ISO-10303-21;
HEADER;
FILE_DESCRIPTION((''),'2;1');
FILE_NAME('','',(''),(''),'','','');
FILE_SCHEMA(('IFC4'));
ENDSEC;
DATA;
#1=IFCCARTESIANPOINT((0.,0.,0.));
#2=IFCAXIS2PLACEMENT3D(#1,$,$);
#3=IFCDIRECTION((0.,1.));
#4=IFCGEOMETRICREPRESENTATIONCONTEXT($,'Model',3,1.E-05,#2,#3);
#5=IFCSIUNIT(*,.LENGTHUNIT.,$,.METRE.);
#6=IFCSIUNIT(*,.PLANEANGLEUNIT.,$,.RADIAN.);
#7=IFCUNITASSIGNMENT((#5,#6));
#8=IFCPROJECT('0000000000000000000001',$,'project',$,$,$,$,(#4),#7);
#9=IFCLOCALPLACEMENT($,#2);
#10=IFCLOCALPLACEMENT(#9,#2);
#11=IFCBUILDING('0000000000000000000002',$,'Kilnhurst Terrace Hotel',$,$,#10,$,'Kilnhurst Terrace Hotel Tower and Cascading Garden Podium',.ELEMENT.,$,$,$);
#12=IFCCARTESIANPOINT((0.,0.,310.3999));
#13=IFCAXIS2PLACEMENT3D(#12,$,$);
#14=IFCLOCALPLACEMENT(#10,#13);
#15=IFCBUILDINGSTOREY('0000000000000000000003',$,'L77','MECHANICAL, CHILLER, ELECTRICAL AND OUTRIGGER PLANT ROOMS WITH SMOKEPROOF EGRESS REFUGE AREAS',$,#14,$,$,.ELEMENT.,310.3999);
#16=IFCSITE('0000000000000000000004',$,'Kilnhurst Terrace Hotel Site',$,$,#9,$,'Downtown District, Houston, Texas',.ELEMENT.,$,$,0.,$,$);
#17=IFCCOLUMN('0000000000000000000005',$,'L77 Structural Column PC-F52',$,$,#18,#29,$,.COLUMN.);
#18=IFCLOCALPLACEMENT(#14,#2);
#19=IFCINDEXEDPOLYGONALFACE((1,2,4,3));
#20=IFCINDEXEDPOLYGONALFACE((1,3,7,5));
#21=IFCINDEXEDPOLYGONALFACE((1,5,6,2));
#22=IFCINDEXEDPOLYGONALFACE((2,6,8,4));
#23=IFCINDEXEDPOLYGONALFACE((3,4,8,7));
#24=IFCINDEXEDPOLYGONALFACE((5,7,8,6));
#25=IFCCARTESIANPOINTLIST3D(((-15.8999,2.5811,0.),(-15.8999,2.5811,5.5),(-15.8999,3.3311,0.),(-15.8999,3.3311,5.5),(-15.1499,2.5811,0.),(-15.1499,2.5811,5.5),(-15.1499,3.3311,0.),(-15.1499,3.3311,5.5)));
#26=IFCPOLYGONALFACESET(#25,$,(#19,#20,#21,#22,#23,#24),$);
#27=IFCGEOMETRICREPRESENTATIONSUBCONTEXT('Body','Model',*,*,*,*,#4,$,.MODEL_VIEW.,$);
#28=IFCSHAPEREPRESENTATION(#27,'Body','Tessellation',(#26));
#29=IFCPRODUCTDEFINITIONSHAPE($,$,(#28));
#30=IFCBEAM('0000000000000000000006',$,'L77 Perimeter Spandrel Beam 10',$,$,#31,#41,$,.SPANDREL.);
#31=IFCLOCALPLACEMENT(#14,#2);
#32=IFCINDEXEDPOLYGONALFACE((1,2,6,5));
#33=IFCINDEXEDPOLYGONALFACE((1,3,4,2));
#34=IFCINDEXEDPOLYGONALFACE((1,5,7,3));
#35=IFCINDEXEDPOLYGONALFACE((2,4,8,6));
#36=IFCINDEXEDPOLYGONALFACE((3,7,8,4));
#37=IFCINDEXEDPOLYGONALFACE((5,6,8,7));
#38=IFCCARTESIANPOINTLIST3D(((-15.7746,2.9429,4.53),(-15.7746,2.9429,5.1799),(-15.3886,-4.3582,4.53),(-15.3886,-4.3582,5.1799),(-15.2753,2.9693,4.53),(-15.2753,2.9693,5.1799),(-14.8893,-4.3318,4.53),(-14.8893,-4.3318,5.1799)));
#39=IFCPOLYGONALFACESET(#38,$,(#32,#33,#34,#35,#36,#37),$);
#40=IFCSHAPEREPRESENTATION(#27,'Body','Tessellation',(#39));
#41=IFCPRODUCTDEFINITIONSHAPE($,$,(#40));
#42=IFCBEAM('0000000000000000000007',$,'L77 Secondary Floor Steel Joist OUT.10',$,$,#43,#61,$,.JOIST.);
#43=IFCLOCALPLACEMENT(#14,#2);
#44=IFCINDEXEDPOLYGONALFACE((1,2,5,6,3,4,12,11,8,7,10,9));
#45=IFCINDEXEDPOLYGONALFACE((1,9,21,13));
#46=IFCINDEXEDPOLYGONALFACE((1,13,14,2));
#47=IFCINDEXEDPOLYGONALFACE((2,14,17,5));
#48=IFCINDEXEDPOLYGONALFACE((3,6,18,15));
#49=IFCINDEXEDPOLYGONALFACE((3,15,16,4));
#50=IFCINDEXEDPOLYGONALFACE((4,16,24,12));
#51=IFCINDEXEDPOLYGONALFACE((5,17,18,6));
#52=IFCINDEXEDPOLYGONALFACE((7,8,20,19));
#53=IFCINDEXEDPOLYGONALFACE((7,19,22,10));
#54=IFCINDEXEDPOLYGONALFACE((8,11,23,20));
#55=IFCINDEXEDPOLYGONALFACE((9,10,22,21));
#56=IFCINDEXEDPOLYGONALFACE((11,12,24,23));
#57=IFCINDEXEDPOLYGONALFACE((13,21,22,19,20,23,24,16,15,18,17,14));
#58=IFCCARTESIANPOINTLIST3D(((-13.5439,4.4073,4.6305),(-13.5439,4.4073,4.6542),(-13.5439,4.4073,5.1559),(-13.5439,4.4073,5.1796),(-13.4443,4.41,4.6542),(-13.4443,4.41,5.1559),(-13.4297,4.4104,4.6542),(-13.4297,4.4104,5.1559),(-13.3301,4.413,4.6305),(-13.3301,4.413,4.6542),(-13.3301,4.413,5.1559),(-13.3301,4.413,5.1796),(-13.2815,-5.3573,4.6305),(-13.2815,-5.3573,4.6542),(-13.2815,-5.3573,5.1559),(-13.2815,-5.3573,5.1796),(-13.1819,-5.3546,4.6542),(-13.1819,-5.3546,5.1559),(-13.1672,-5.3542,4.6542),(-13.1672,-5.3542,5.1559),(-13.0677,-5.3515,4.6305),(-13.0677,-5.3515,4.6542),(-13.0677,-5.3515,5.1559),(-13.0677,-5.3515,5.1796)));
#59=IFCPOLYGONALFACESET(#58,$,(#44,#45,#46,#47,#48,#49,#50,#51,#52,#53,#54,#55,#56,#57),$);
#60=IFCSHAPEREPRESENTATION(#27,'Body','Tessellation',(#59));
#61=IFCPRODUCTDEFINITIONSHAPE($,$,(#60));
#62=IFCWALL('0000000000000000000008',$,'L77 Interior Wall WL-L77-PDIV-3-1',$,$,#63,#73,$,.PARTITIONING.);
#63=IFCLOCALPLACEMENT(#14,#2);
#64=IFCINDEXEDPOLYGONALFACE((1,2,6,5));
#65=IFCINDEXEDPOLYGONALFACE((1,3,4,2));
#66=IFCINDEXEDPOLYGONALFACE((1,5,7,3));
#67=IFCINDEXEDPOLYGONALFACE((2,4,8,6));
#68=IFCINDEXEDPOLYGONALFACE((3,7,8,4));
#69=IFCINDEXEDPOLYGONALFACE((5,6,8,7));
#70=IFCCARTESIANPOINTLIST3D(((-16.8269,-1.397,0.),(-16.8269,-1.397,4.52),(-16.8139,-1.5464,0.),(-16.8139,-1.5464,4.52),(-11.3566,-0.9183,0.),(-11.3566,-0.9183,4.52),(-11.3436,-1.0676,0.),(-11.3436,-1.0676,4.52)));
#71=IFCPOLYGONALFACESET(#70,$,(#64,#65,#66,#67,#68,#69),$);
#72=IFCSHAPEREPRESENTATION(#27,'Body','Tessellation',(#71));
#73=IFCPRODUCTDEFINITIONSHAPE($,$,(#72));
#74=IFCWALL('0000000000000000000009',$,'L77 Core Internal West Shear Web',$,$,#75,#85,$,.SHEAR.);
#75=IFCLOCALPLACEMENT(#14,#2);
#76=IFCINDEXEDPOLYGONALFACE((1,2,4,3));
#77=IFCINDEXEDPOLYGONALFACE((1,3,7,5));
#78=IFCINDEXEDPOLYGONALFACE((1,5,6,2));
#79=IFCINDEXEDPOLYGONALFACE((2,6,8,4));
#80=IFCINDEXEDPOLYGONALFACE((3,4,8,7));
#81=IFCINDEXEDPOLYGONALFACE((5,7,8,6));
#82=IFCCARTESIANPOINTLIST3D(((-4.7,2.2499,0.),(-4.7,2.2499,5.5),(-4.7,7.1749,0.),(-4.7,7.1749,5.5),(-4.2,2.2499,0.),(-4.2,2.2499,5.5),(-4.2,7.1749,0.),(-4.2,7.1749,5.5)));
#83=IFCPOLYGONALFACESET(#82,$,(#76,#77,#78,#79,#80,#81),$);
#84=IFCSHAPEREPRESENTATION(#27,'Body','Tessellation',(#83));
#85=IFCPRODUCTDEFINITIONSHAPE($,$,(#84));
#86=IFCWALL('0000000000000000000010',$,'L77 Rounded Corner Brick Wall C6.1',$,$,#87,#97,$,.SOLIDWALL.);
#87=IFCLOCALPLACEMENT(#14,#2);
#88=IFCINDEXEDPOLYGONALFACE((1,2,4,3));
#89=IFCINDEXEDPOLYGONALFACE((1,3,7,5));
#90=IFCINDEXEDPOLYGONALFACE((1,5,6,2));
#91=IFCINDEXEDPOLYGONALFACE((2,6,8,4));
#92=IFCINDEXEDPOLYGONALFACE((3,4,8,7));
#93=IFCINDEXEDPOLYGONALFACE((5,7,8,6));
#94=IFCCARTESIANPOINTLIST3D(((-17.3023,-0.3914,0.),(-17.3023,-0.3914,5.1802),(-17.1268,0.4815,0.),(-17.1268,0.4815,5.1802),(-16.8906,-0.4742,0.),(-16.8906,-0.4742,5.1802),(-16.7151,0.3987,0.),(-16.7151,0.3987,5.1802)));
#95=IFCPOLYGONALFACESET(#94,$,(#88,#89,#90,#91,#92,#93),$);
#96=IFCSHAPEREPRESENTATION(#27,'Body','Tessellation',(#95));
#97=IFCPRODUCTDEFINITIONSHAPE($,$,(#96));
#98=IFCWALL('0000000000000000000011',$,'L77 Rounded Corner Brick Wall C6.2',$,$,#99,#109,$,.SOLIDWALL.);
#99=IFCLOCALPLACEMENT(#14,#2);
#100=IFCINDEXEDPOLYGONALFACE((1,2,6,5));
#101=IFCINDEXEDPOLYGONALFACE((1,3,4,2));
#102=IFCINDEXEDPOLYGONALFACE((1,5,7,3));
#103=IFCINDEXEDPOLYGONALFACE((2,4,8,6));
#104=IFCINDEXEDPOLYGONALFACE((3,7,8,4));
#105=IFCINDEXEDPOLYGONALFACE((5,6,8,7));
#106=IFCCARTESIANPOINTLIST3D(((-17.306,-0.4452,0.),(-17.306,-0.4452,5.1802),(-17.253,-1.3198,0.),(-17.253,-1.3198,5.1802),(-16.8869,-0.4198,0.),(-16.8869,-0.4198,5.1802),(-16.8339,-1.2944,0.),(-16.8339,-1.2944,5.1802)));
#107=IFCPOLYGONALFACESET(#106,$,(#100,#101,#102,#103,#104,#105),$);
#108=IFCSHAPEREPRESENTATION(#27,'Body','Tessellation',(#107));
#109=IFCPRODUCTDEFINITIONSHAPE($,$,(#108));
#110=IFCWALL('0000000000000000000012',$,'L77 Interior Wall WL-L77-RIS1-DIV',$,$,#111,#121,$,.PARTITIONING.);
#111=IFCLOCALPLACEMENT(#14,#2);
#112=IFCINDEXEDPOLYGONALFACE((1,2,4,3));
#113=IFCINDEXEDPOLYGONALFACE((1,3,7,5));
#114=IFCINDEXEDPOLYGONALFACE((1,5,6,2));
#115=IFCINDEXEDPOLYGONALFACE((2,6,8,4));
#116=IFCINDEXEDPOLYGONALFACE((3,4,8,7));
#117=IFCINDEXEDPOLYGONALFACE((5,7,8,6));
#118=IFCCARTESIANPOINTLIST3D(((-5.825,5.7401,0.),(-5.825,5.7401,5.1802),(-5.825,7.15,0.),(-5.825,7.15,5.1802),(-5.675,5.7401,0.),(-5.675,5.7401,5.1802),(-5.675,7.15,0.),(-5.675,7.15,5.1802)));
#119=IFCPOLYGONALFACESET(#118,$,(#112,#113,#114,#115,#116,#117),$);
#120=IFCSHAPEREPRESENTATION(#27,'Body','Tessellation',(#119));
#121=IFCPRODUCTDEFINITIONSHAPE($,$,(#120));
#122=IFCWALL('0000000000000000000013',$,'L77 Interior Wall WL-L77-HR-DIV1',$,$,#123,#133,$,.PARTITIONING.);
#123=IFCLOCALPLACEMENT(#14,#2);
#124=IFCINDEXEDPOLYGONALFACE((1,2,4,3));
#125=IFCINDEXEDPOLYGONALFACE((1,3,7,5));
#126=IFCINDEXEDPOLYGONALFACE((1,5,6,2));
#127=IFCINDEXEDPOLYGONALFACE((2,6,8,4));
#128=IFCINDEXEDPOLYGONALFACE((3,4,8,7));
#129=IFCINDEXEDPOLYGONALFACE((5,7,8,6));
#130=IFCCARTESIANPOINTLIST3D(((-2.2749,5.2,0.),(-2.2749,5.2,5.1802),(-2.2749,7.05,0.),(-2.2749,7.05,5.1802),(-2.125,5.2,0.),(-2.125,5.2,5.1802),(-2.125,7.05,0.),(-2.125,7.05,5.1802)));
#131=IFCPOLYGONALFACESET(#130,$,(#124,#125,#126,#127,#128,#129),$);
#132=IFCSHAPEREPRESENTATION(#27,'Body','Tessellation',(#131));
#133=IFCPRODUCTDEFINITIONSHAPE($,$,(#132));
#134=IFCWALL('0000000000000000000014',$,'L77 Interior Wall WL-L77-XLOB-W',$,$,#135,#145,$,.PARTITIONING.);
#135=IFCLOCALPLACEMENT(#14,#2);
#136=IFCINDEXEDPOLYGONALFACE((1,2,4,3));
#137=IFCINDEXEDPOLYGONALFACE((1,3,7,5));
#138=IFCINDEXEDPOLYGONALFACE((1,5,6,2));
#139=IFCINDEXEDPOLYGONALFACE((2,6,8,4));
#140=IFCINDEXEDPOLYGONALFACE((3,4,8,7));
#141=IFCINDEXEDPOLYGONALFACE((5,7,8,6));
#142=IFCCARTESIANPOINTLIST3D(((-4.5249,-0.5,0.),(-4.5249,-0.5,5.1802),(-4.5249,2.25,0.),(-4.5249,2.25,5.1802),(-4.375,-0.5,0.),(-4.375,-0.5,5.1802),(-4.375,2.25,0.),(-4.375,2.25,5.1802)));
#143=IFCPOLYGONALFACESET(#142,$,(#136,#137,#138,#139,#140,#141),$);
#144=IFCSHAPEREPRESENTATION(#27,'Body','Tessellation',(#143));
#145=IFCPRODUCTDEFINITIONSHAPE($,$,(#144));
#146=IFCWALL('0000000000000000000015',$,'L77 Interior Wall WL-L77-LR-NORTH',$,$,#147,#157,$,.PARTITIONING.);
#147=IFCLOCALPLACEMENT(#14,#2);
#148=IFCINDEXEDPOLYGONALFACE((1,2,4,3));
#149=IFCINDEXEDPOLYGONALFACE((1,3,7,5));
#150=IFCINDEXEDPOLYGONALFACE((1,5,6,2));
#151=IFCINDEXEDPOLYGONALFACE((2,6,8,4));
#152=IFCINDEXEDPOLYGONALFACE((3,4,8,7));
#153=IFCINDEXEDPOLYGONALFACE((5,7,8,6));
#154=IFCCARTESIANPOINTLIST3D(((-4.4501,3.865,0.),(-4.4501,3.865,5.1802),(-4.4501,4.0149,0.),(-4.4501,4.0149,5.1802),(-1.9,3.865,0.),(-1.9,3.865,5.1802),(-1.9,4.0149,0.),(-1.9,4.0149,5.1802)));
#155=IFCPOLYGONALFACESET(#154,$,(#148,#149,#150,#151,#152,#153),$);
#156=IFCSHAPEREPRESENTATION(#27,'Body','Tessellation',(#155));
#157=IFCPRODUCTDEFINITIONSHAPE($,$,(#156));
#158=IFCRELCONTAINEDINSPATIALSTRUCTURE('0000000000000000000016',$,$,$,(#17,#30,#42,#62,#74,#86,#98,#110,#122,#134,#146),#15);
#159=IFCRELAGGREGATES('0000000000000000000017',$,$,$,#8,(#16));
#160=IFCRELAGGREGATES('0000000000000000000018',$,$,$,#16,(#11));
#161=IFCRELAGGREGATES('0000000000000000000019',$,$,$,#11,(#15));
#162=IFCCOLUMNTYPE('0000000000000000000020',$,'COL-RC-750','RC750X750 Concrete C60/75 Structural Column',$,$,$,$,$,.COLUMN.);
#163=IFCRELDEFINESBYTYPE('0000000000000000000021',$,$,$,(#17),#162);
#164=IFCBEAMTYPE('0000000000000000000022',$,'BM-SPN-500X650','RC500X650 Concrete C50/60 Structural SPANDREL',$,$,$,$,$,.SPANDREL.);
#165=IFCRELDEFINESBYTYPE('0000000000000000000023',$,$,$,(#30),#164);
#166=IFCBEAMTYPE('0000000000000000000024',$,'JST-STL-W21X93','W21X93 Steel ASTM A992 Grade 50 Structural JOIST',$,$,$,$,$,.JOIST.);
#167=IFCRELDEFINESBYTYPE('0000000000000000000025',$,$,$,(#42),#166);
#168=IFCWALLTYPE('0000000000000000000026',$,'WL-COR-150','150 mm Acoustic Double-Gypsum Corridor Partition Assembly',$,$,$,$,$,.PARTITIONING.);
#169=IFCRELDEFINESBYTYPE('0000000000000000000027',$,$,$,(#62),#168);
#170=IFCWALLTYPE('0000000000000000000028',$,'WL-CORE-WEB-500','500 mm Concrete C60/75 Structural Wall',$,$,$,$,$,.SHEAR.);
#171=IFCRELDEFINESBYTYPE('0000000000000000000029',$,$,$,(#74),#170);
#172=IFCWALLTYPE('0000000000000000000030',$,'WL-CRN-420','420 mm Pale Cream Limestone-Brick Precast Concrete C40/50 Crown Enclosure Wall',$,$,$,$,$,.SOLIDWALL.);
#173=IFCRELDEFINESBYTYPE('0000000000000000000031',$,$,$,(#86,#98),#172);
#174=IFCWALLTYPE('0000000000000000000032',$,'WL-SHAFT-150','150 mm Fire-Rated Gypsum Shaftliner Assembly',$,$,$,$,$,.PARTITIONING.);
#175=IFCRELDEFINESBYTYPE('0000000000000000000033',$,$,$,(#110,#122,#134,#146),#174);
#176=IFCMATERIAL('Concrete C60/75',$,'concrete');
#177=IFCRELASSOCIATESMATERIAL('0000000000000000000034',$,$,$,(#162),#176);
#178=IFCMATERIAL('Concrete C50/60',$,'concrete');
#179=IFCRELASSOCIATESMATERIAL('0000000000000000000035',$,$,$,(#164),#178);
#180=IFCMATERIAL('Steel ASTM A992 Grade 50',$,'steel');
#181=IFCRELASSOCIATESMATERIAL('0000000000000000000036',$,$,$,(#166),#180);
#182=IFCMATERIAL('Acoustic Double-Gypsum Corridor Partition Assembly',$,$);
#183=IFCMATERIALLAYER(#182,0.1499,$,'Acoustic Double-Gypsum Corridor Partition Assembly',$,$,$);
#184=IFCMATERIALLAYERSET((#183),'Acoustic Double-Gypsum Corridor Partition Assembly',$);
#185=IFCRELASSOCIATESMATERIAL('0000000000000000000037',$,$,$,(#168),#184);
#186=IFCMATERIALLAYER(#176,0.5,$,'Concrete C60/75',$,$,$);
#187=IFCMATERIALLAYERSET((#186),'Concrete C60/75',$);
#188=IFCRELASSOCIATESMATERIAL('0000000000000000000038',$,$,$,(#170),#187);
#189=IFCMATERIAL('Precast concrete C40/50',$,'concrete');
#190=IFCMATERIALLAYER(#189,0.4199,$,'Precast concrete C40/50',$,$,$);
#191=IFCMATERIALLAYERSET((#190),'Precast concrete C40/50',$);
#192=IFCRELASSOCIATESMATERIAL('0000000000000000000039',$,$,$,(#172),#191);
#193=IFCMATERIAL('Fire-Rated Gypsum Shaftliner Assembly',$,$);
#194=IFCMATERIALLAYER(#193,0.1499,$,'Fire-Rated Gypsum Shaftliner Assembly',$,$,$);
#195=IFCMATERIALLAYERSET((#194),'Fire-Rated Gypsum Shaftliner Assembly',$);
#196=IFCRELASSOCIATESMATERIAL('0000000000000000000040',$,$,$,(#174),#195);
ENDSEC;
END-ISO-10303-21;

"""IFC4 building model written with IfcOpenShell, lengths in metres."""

from ifc_helpers import new_model, si_unit, direction, frame, frame_2d, origin, origin_2d, place, context, subcontext, project, spatial, rectangle, i_section, extrude, material, layer, layer_set, material_profile, profile_set, type_object, element, save


model = new_model("IFC4")

# Units and contexts
model_context = context("Model", 3, precision=1e-05, world=origin(), true_north=direction((0.0, 1.0)))
body_context = subcontext(model_context, "Body", "Model", "MODEL_VIEW")
ifc_project = project(units=[si_unit("LENGTHUNIT", "METRE"), si_unit("PLANEANGLEUNIT", "RADIAN")], contexts=[model_context])

# Site, building, storey
site_placement = place(None, origin())
site = spatial("IfcSite", under=ifc_project, at=site_placement, Name="Kilnhurst Terrace Hotel Site", LongName="Downtown District, Houston, Texas", CompositionType="ELEMENT", RefElevation=0.0)
building_placement = place(site_placement, origin())
building = spatial("IfcBuilding", under=site, at=building_placement, Name="Kilnhurst Terrace Hotel", LongName="Kilnhurst Terrace Hotel Tower and Cascading Garden Podium", CompositionType="ELEMENT")
storey_placement = place(building_placement, frame((0.0, 0.0, 310.3999)))
storey = spatial("IfcBuildingStorey", under=building, at=storey_placement, Name="L77", Description="MECHANICAL, CHILLER, ELECTRICAL AND OUTRIGGER PLANT ROOMS WITH SMOKEPROOF EGRESS REFUGE AREAS", CompositionType="ELEMENT", Elevation=310.3999)

# Column
ifc_material_1 = material(Name="Concrete C60/75", Category="concrete")
ifc_material_profile_1 = material_profile(ifc_material_1, rectangle(XDim=0.75, YDim=0.75, at=origin_2d()), Name="RC750X750")
ifc_profile_set_1 = profile_set([ifc_material_profile_1], Name="Concrete C60/75")
column_type = type_object("IfcColumnType", Name="COL-RC-750", Description="RC750X750 Concrete C60/75 Structural Column", PredefinedType="COLUMN", material=ifc_profile_set_1)
column_placement = place(storey_placement, frame((-15.5249, 2.9561, 0.0), z_axis=(0.0, 0.0, 1.0), x_axis=(1.0, 0.0, 0.0)))
element("IfcColumn", 1, at=column_placement, inside=storey, type_object=column_type, Name="L77 Structural Column PC-F52", PredefinedType="COLUMN", context=body_context, shape_type="SweptSolid", body=[
    extrude(rectangle(XDim=0.75, YDim=0.75, at=origin_2d()), origin(), (0.0, 0.0, 1.0), 5.5),
])

# Beams
ifc_material_2 = material(Name="Concrete C50/60", Category="concrete")
ifc_material_profile_2 = material_profile(ifc_material_2, rectangle(XDim=0.5, YDim=0.6499, at=origin_2d()), Name="RC500X650")
ifc_profile_set_2 = profile_set([ifc_material_profile_2], Name="Concrete C50/60")
beam_type_1 = type_object("IfcBeamType", Name="BM-SPN-500X650", Description="RC500X650 Concrete C50/60 Structural SPANDREL", PredefinedType="SPANDREL", material=ifc_profile_set_2)
beam_1_placement = place(storey_placement, frame((-15.5249, 2.9561, 4.855), z_axis=(0.052794, -0.998605, 0.0), x_axis=(0.998605, 0.052794, 0.0)))
element("IfcBeam", 2, at=beam_1_placement, inside=storey, type_object=beam_type_1, Name="L77 Perimeter Spandrel Beam 10", PredefinedType="SPANDREL", context=body_context, shape_type="SweptSolid", body=[
    extrude(rectangle(XDim=0.5, YDim=0.6499, at=origin_2d()), origin(), (0.0, 0.0, 1.0), 7.3113),
])
ifc_material_3 = material(Name="Steel ASTM A992 Grade 50", Category="steel")
ifc_material_profile_3 = material_profile(ifc_material_3, i_section(OverallWidth=0.2139, OverallDepth=0.5491, WebThickness=0.0146, FlangeThickness=0.0237, at=origin_2d()), Name="W21X93")
ifc_profile_set_3 = profile_set([ifc_material_profile_3], Name="Steel ASTM A992 Grade 50")
beam_type_2 = type_object("IfcBeamType", Name="JST-STL-W21X93", Description="W21X93 Steel ASTM A992 Grade 50 Structural JOIST", PredefinedType="JOIST", material=ifc_profile_set_3)
beam_2_placement = place(storey_placement, frame((-13.437, 4.4102, 4.905), z_axis=(0.026868, -0.999639, 0.0), x_axis=(0.999639, 0.026868, 0.0)))
element("IfcBeam", 3, at=beam_2_placement, inside=storey, type_object=beam_type_2, Name="L77 Secondary Floor Steel Joist OUT.10", PredefinedType="JOIST", context=body_context, shape_type="SweptSolid", body=[
    extrude(i_section(OverallWidth=0.2139, OverallDepth=0.5491, WebThickness=0.0146, FlangeThickness=0.0237, at=origin_2d()), origin(), (0.0, 0.0, 1.0), 9.7681),
])

# Walls
ifc_material_4 = material(Name="Acoustic Double-Gypsum Corridor Partition Assembly")
ifc_layer_1 = layer(ifc_material_4, 0.1499, Name="Acoustic Double-Gypsum Corridor Partition Assembly")
ifc_layer_set_1 = layer_set([ifc_layer_1], Name="Acoustic Double-Gypsum Corridor Partition Assembly")
wall_type_1 = type_object("IfcWallType", Name="WL-COR-150", Description="150 mm Acoustic Double-Gypsum Corridor Partition Assembly", PredefinedType="PARTITIONING", material=ifc_layer_set_1)
wall_1_placement = place(storey_placement, frame((-11.3501, -0.9929, 0.0), z_axis=(0.0, 0.0, 1.0), x_axis=(-0.996192, -0.087188, 0.0)))
element("IfcWall", 4, at=wall_1_placement, inside=storey, type_object=wall_type_1, Name="L77 Interior Wall WL-L77-PDIV-3-1", PredefinedType="PARTITIONING", context=body_context, shape_type="SweptSolid", body=[
    extrude(rectangle(XDim=5.4912, YDim=0.1499, at=frame_2d((2.7456, 0.0))), origin(), (0.0, 0.0, 1.0), 4.52),
])
ifc_layer_2 = layer(ifc_material_1, 0.5, Name="Concrete C60/75")
ifc_layer_set_2 = layer_set([ifc_layer_2], Name="Concrete C60/75")
wall_type_2 = type_object("IfcWallType", Name="WL-CORE-WEB-500", Description="500 mm Concrete C60/75 Structural Wall", PredefinedType="SHEAR", material=ifc_layer_set_2)
wall_2_placement = place(storey_placement, frame((-4.45, 2.25, 0.0), z_axis=(0.0, 0.0, 1.0), x_axis=(0.0, 1.0, 0.0)))
element("IfcWall", 5, at=wall_2_placement, inside=storey, type_object=wall_type_2, Name="L77 Core Internal West Shear Web", PredefinedType="SHEAR", context=body_context, shape_type="SweptSolid", body=[
    extrude(rectangle(XDim=4.925, YDim=0.5, at=frame_2d((2.4624, 0.0))), origin(), (0.0, 0.0, 1.0), 5.5),
])
ifc_material_5 = material(Name="Precast concrete C40/50", Category="concrete")
ifc_layer_3 = layer(ifc_material_5, 0.4199, Name="Precast concrete C40/50")
ifc_layer_set_3 = layer_set([ifc_layer_3], Name="Precast concrete C40/50")
wall_type_3 = type_object("IfcWallType", Name="WL-CRN-420", Description="420 mm Pale Cream Limestone-Brick Precast Concrete C40/50 Crown Enclosure Wall", PredefinedType="SOLIDWALL", material=ifc_layer_set_3)
wall_3_placement = place(storey_placement, frame((-16.9209, 0.4402, 0.0), z_axis=(0.0, 0.0, 1.0), x_axis=(-0.197171, -0.980369, 0.0)))
element("IfcWall", 6, at=wall_3_placement, inside=storey, type_object=wall_type_3, Name="L77 Rounded Corner Brick Wall C6.1", PredefinedType="SOLIDWALL", context=body_context, shape_type="SweptSolid", body=[
    extrude(rectangle(XDim=0.8904, YDim=0.4199, at=frame_2d((0.4453, 0.0))), origin(), (0.0, 0.0, 1.0), 5.1802),
])
wall_4_placement = place(storey_placement, frame((-17.0964, -0.4326, 0.0), z_axis=(0.0, 0.0, 1.0), x_axis=(0.06047, -0.99817, 0.0)))
element("IfcWall", 7, at=wall_4_placement, inside=storey, type_object=wall_type_3, Name="L77 Rounded Corner Brick Wall C6.2", PredefinedType="SOLIDWALL", context=body_context, shape_type="SweptSolid", body=[
    extrude(rectangle(XDim=0.8762, YDim=0.4199, at=frame_2d((0.438, 0.0))), origin(), (0.0, 0.0, 1.0), 5.1802),
])
ifc_material_6 = material(Name="Fire-Rated Gypsum Shaftliner Assembly")
ifc_layer_4 = layer(ifc_material_6, 0.1499, Name="Fire-Rated Gypsum Shaftliner Assembly")
ifc_layer_set_4 = layer_set([ifc_layer_4], Name="Fire-Rated Gypsum Shaftliner Assembly")
wall_type_4 = type_object("IfcWallType", Name="WL-SHAFT-150", Description="150 mm Fire-Rated Gypsum Shaftliner Assembly", PredefinedType="PARTITIONING", material=ifc_layer_set_4)
wall_5_placement = place(storey_placement, frame((-5.75, 5.74, 0.0), z_axis=(0.0, 0.0, 1.0), x_axis=(0.0, 1.0, 0.0)))
element("IfcWall", 8, at=wall_5_placement, inside=storey, type_object=wall_type_4, Name="L77 Interior Wall WL-L77-RIS1-DIV", PredefinedType="PARTITIONING", context=body_context, shape_type="SweptSolid", body=[
    extrude(rectangle(XDim=1.4099, YDim=0.1499, at=frame_2d((0.7051, 0.0))), origin(), (0.0, 0.0, 1.0), 5.1802),
])
wall_6_placement = place(storey_placement, frame((-2.2, 5.2, 0.0), z_axis=(0.0, 0.0, 1.0), x_axis=(0.0, 1.0, 0.0)))
element("IfcWall", 9, at=wall_6_placement, inside=storey, type_object=wall_type_4, Name="L77 Interior Wall WL-L77-HR-DIV1", PredefinedType="PARTITIONING", context=body_context, shape_type="SweptSolid", body=[
    extrude(rectangle(XDim=1.8501, YDim=0.1499, at=frame_2d((0.925, 0.0))), origin(), (0.0, 0.0, 1.0), 5.1802),
])
wall_7_placement = place(storey_placement, frame((-4.45, -0.5, 0.0), z_axis=(0.0, 0.0, 1.0), x_axis=(0.0, 1.0, 0.0)))
element("IfcWall", 10, at=wall_7_placement, inside=storey, type_object=wall_type_4, Name="L77 Interior Wall WL-L77-XLOB-W", PredefinedType="PARTITIONING", context=body_context, shape_type="SweptSolid", body=[
    extrude(rectangle(XDim=2.75, YDim=0.1499, at=frame_2d((1.375, 0.0))), origin(), (0.0, 0.0, 1.0), 5.1802),
])
wall_8_placement = place(storey_placement, frame((-4.45, 3.9399, 0.0), z_axis=(0.0, 0.0, 1.0), x_axis=(1.0, 0.0, 0.0)))
element("IfcWall", 11, at=wall_8_placement, inside=storey, type_object=wall_type_4, Name="L77 Interior Wall WL-L77-LR-NORTH", PredefinedType="PARTITIONING", context=body_context, shape_type="SweptSolid", body=[
    extrude(rectangle(XDim=2.55, YDim=0.1499, at=frame_2d((1.2749, 0.0))), origin(), (0.0, 0.0, 1.0), 5.1802),
])

save(model, "model.ifc")
